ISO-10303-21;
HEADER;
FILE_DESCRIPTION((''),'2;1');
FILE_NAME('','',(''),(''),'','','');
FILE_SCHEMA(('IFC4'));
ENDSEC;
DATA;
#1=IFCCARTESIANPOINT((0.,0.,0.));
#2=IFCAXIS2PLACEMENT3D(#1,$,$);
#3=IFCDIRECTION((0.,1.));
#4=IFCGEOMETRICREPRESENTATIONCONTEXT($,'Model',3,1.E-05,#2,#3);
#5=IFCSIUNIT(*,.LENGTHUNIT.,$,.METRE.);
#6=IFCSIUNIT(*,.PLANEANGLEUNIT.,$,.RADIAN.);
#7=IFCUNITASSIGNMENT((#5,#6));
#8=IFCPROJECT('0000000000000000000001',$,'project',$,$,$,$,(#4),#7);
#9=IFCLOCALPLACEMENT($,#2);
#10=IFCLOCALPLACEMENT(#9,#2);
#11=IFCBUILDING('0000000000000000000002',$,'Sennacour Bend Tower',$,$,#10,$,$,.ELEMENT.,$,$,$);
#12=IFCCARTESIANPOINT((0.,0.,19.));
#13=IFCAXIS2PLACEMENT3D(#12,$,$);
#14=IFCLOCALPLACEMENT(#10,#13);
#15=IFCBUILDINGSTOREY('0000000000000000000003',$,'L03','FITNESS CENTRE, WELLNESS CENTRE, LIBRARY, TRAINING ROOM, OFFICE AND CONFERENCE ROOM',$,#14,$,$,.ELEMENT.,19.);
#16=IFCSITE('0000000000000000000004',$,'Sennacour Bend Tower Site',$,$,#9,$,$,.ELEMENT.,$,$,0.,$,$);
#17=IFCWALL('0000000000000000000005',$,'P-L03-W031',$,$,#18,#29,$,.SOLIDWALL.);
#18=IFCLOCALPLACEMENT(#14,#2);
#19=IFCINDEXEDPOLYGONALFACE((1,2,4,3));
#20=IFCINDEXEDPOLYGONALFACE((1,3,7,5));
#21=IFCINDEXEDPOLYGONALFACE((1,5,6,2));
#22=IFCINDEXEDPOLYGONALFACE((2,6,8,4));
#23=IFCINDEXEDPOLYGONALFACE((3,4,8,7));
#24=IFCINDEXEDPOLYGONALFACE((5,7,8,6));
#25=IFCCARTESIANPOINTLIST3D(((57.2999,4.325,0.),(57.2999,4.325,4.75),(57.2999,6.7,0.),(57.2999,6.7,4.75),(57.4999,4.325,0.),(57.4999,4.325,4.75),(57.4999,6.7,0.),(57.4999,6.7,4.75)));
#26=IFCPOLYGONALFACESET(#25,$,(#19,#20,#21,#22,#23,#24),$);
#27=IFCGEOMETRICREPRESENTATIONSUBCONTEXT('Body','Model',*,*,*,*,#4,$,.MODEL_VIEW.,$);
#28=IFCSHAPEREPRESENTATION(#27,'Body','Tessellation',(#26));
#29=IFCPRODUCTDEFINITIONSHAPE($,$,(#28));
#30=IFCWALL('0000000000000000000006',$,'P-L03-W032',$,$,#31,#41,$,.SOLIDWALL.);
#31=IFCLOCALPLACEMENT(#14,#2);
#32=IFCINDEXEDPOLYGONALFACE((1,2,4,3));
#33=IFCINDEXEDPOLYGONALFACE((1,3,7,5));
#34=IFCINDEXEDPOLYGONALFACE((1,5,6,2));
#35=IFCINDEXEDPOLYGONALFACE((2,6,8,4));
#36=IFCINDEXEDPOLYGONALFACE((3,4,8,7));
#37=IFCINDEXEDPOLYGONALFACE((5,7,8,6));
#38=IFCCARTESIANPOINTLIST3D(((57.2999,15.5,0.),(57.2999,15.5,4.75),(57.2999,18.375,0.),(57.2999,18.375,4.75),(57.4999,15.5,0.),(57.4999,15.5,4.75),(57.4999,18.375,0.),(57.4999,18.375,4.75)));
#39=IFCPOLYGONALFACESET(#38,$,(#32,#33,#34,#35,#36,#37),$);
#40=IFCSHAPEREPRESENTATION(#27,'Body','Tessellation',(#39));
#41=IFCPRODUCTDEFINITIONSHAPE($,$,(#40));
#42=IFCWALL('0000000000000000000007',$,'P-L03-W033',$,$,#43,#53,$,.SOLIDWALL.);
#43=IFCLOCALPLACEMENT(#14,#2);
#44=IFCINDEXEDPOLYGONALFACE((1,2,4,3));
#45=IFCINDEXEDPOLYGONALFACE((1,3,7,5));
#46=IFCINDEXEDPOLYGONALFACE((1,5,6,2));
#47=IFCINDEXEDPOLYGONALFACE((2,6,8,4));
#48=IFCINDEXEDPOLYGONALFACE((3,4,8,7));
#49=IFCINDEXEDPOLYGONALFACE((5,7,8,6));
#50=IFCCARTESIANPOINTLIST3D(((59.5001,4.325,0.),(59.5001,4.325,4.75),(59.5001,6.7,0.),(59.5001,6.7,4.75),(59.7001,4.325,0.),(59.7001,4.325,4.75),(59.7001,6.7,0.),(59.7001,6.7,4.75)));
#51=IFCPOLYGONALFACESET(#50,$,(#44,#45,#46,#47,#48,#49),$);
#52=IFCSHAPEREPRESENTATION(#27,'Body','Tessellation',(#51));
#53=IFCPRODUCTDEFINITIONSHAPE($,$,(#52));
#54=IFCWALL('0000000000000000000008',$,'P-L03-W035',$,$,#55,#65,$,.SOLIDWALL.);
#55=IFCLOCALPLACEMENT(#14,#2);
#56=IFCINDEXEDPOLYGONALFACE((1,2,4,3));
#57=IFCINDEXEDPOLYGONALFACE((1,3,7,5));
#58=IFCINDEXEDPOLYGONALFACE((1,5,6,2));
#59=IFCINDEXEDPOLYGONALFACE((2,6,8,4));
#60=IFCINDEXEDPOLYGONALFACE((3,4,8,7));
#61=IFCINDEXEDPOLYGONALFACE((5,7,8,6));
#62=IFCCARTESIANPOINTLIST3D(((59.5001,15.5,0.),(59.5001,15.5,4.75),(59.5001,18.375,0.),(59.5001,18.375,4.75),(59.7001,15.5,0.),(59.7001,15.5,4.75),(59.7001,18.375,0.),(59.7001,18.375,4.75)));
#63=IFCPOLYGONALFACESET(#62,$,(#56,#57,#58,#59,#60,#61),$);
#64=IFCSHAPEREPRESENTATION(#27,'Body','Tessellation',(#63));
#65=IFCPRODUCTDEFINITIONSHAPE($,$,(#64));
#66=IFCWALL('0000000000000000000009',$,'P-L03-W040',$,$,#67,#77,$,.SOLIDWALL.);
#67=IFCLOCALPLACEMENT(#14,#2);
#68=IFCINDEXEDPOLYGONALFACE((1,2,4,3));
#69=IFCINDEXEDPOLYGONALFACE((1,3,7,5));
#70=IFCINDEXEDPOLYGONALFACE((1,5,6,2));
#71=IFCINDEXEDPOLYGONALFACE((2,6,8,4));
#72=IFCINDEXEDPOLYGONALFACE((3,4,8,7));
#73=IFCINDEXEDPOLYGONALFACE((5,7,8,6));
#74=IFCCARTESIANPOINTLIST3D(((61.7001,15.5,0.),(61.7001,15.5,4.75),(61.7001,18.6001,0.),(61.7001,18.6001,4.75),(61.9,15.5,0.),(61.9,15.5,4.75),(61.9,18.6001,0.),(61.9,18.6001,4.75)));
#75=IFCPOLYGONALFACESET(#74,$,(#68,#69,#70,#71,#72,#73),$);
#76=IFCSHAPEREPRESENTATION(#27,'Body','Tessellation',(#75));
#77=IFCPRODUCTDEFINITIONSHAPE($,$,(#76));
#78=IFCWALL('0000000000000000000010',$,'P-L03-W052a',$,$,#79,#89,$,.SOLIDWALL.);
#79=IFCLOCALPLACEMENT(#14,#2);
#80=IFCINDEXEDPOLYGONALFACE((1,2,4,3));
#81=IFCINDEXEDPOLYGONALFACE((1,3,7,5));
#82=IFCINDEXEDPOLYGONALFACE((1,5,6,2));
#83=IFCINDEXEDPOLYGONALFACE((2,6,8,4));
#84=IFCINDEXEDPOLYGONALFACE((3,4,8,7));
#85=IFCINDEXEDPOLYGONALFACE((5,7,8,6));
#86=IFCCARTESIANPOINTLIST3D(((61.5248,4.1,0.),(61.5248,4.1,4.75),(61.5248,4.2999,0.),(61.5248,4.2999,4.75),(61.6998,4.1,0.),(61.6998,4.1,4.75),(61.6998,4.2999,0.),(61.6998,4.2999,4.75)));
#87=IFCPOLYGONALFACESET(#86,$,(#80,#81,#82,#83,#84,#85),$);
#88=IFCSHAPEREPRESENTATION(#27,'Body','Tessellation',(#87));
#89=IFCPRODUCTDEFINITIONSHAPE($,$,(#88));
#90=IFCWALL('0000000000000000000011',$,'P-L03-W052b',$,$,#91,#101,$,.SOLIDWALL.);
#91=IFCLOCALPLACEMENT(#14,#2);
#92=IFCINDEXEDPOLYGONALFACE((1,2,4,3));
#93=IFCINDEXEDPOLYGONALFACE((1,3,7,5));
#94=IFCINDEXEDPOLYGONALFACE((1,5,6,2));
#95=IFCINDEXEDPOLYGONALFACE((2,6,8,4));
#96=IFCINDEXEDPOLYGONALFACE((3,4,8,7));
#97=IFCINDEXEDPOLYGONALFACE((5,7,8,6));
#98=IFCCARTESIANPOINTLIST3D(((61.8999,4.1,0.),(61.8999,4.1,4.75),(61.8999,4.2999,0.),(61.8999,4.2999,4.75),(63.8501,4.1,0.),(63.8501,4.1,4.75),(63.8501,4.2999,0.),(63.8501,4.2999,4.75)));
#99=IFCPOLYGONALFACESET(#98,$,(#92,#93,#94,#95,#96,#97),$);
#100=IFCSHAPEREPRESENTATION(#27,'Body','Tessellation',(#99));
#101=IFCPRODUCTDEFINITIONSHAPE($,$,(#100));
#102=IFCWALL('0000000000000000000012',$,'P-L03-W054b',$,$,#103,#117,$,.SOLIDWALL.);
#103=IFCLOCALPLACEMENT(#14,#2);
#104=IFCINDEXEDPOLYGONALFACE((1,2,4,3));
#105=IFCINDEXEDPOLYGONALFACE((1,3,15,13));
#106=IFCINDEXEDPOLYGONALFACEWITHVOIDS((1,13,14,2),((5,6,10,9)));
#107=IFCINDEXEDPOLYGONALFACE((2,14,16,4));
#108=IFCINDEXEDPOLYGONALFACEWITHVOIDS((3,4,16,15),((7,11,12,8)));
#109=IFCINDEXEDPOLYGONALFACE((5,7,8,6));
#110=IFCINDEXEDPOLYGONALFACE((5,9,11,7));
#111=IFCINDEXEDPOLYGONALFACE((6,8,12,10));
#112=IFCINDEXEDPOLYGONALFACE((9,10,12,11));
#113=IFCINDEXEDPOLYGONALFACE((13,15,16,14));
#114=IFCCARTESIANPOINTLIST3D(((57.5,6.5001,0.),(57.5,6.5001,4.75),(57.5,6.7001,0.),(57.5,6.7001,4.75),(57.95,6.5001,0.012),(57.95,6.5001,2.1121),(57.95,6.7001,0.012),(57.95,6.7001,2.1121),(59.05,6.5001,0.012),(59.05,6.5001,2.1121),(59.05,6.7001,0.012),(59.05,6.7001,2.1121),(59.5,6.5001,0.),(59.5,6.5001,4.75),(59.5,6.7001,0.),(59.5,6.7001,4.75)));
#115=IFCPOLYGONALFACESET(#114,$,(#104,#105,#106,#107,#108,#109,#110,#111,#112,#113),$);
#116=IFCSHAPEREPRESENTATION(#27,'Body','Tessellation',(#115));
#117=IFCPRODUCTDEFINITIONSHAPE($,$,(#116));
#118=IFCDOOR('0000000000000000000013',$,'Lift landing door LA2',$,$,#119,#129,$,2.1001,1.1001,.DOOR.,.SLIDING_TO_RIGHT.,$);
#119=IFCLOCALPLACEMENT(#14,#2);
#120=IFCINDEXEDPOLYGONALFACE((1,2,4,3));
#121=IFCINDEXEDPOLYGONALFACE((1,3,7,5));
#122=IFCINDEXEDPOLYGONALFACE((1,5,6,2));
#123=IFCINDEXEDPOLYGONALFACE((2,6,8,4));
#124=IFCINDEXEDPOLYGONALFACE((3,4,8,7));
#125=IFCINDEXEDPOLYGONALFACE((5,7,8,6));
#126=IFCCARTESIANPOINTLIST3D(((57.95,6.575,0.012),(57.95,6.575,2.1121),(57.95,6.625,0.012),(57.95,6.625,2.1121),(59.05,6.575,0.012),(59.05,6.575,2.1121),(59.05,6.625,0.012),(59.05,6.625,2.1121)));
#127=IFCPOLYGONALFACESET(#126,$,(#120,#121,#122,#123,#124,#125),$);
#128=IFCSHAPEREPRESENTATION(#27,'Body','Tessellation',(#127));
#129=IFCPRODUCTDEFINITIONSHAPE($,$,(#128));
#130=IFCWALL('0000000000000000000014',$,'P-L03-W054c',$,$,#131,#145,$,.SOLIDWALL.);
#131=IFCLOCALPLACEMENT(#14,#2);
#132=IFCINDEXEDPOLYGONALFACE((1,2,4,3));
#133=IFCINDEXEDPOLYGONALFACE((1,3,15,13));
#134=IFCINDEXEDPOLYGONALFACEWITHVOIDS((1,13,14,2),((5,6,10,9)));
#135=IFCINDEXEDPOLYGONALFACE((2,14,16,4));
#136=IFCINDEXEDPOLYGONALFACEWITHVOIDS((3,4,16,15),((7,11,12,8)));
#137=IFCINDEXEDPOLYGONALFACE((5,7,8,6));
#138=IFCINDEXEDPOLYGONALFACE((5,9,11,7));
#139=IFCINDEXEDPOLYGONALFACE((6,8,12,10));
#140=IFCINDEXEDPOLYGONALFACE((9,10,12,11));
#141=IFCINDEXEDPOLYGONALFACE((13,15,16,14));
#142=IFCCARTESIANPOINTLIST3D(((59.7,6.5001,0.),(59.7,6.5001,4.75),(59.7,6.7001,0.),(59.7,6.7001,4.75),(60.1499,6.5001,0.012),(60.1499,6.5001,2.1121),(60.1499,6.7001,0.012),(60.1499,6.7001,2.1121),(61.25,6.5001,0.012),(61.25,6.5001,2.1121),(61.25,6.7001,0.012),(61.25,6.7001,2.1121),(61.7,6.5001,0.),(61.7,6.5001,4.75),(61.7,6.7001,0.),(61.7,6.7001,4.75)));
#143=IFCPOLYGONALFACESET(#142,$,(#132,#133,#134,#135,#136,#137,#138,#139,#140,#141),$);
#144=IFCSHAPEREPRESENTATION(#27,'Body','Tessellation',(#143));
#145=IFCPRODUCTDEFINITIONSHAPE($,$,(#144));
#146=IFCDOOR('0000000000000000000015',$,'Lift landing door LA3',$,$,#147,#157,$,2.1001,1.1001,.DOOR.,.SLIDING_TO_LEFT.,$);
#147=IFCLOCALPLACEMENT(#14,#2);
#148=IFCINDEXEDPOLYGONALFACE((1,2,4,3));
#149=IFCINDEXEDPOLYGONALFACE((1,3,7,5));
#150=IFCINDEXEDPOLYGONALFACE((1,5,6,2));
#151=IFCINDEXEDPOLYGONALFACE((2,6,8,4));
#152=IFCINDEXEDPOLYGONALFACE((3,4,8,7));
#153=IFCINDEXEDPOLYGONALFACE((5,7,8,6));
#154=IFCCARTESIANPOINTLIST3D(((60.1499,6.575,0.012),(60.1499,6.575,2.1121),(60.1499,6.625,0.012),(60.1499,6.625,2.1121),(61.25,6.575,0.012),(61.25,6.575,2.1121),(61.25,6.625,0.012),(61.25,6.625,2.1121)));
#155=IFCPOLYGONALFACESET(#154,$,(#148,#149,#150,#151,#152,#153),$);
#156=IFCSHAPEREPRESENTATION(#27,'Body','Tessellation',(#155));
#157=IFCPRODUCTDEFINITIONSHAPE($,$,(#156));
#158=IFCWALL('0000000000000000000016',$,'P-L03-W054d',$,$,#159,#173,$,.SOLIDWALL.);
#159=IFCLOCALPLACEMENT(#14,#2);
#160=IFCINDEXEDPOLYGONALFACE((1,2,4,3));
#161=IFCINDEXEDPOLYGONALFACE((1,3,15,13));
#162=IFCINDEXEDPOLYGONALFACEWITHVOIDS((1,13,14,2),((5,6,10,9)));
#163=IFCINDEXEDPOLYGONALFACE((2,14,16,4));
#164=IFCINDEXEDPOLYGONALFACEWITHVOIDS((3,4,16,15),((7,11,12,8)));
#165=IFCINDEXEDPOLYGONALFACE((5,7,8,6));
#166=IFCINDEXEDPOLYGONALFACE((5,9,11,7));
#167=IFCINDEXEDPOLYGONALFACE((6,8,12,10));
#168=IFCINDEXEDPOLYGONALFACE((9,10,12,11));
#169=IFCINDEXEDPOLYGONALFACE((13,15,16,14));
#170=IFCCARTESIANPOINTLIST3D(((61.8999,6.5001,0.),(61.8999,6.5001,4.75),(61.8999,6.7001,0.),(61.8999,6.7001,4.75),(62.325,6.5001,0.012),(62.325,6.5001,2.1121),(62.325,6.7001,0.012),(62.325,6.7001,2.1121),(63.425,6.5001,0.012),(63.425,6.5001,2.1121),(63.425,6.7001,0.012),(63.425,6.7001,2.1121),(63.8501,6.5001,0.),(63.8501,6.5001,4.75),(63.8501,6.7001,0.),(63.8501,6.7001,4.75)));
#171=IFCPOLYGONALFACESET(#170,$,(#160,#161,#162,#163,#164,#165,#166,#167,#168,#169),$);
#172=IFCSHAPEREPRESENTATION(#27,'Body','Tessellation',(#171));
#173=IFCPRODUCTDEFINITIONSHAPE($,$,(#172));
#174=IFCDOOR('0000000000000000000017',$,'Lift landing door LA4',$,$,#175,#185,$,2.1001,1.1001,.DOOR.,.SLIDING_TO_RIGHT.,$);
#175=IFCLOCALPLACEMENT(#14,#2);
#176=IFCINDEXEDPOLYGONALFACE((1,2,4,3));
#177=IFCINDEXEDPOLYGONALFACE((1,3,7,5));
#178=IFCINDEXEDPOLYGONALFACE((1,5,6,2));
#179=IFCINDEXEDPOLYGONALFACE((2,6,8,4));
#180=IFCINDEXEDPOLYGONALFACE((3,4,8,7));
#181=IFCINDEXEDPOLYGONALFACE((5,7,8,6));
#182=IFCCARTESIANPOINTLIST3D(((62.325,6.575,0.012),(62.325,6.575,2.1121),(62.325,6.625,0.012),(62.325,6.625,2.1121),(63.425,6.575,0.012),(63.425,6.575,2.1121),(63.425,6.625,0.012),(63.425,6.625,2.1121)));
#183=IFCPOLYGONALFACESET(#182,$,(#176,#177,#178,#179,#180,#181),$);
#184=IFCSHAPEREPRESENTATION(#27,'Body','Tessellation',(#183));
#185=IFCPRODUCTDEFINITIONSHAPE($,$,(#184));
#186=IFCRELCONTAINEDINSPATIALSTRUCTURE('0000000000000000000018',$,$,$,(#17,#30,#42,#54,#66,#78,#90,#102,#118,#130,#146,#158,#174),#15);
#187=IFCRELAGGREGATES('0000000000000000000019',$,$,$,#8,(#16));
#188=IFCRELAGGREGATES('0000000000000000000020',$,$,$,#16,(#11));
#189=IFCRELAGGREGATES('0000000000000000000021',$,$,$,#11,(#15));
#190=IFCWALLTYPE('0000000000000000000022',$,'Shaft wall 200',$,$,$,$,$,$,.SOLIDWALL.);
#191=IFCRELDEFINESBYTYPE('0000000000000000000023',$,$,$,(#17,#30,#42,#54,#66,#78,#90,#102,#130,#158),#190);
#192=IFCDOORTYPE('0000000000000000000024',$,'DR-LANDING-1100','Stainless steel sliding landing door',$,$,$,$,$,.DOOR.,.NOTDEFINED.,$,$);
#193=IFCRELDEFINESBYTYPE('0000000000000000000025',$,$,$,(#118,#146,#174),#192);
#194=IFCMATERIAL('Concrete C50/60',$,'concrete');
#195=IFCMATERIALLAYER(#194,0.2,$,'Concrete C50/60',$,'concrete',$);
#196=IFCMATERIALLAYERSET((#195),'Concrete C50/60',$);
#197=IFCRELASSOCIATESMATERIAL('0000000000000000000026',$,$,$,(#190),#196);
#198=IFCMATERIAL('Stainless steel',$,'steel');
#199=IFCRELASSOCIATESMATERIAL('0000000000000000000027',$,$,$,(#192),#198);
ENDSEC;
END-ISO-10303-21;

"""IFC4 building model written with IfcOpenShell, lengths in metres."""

from ifc_helpers import new_model, si_unit, direction, frame, frame_2d, origin, place, context, subcontext, project, spatial, rectangle, extrude, material, layer, layer_set, type_object, element, fill, save


model = new_model("IFC4")

# Units and contexts
model_context = context("Model", 3, precision=1e-05, world=origin(), true_north=direction((0.0, 1.0)))
body_context = subcontext(model_context, "Body", "Model", "MODEL_VIEW")
ifc_project = project(units=[si_unit("LENGTHUNIT", "METRE"), si_unit("PLANEANGLEUNIT", "RADIAN")], contexts=[model_context])

# Site, building, storey
site_placement = place(None, origin())
site = spatial("IfcSite", under=ifc_project, at=site_placement, Name="Sennacour Bend Tower Site", CompositionType="ELEMENT", RefElevation=0.0)
building_placement = place(site_placement, origin())
building = spatial("IfcBuilding", under=site, at=building_placement, Name="Sennacour Bend Tower", CompositionType="ELEMENT")
storey_placement = place(building_placement, frame((0.0, 0.0, 19.0)))
storey = spatial("IfcBuildingStorey", under=building, at=storey_placement, Name="L03", Description="FITNESS CENTRE, WELLNESS CENTRE, LIBRARY, TRAINING ROOM, OFFICE AND CONFERENCE ROOM", CompositionType="ELEMENT", Elevation=19.0)

# Walls
ifc_material_1 = material(Name="Concrete C50/60", Category="concrete")
ifc_layer_1 = layer(ifc_material_1, 0.2, Name="Concrete C50/60", Category="concrete")
ifc_layer_set_1 = layer_set([ifc_layer_1], Name="Concrete C50/60")
wall_type_1 = type_object("IfcWallType", Name="Shaft wall 200", PredefinedType="SOLIDWALL", material=ifc_layer_set_1)
wall_1_placement = place(storey_placement, frame((57.3999, 4.325, 0.0), z_axis=(0.0, 0.0, 1.0), x_axis=(0.0, 1.0, 0.0)))
element("IfcWall", 1, at=wall_1_placement, inside=storey, type_object=wall_type_1, Name="P-L03-W031", PredefinedType="SOLIDWALL", context=body_context, shape_type="SweptSolid", body=[
    extrude(rectangle(XDim=2.375, YDim=0.2, at=frame_2d((1.1875, 0.0))), origin(), (0.0, 0.0, 1.0), 4.75),
])
wall_2_placement = place(storey_placement, frame((57.3999, 15.5, 0.0), z_axis=(0.0, 0.0, 1.0), x_axis=(0.0, 1.0, 0.0)))
element("IfcWall", 2, at=wall_2_placement, inside=storey, type_object=wall_type_1, Name="P-L03-W032", PredefinedType="SOLIDWALL", context=body_context, shape_type="SweptSolid", body=[
    extrude(rectangle(XDim=2.875, YDim=0.2, at=frame_2d((1.4375, 0.0))), origin(), (0.0, 0.0, 1.0), 4.75),
])
wall_3_placement = place(storey_placement, frame((59.6001, 4.325, 0.0), z_axis=(0.0, 0.0, 1.0), x_axis=(0.0, 1.0, 0.0)))
element("IfcWall", 3, at=wall_3_placement, inside=storey, type_object=wall_type_1, Name="P-L03-W033", PredefinedType="SOLIDWALL", context=body_context, shape_type="SweptSolid", body=[
    extrude(rectangle(XDim=2.375, YDim=0.2, at=frame_2d((1.1875, 0.0))), origin(), (0.0, 0.0, 1.0), 4.75),
])
wall_4_placement = place(storey_placement, frame((59.6001, 15.5, 0.0), z_axis=(0.0, 0.0, 1.0), x_axis=(0.0, 1.0, 0.0)))
element("IfcWall", 4, at=wall_4_placement, inside=storey, type_object=wall_type_1, Name="P-L03-W035", PredefinedType="SOLIDWALL", context=body_context, shape_type="SweptSolid", body=[
    extrude(rectangle(XDim=2.875, YDim=0.2, at=frame_2d((1.4375, 0.0))), origin(), (0.0, 0.0, 1.0), 4.75),
])
wall_5_placement = place(storey_placement, frame((61.8, 15.5, 0.0), z_axis=(0.0, 0.0, 1.0), x_axis=(0.0, 1.0, 0.0)))
element("IfcWall", 5, at=wall_5_placement, inside=storey, type_object=wall_type_1, Name="P-L03-W040", PredefinedType="SOLIDWALL", context=body_context, shape_type="SweptSolid", body=[
    extrude(rectangle(XDim=3.1001, YDim=0.2, at=frame_2d((1.55, 0.0))), origin(), (0.0, 0.0, 1.0), 4.75),
])
wall_6_placement = place(storey_placement, frame((61.5249, 4.2, 0.0), z_axis=(0.0, 0.0, 1.0), x_axis=(1.0, 0.0, 0.0)))
element("IfcWall", 6, at=wall_6_placement, inside=storey, type_object=wall_type_1, Name="P-L03-W052a", PredefinedType="SOLIDWALL", context=body_context, shape_type="SweptSolid", body=[
    extrude(rectangle(XDim=0.175, YDim=0.2, at=frame_2d((0.0874, 0.0))), origin(), (0.0, 0.0, 1.0), 4.75),
])
wall_7_placement = place(storey_placement, frame((61.8999, 4.2, 0.0), z_axis=(0.0, 0.0, 1.0), x_axis=(1.0, 0.0, 0.0)))
element("IfcWall", 7, at=wall_7_placement, inside=storey, type_object=wall_type_1, Name="P-L03-W052b", PredefinedType="SOLIDWALL", context=body_context, shape_type="SweptSolid", body=[
    extrude(rectangle(XDim=1.9502, YDim=0.2, at=frame_2d((0.9751, 0.0))), origin(), (0.0, 0.0, 1.0), 4.75),
])

# Walls, openings, doors
wall_8_placement = place(storey_placement, frame((57.5, 6.6001, 0.0), z_axis=(0.0, 0.0, 1.0), x_axis=(1.0, 0.0, 0.0)))
wall_8 = element("IfcWall", 8, at=wall_8_placement, inside=storey, type_object=wall_type_1, Name="P-L03-W054b", PredefinedType="SOLIDWALL", context=body_context, shape_type="SweptSolid", body=[
    extrude(rectangle(XDim=2.0, YDim=0.2, at=frame_2d((1.0, 0.0))), origin(), (0.0, 0.0, 1.0), 4.75),
])
opening_1_placement = place(wall_8_placement, frame((0.45, 0.0, 0.012)))
opening_1 = element("IfcOpeningElement", 9, at=opening_1_placement, cuts=wall_8, PredefinedType="OPENING", context=body_context, shape_type="SweptSolid", body=[
    extrude(rectangle(XDim=1.1001, YDim=2.1001, at=frame_2d((0.55, 1.05))), frame((0.0, 0.1099, 0.0), z_axis=(0.0, -1.0, 0.0), x_axis=(1.0, 0.0, 0.0)), (0.0, 0.0, 1.0), 0.22),
])
ifc_material_2 = material(Name="Stainless steel", Category="steel")
door_type_1 = type_object("IfcDoorType", Name="DR-LANDING-1100", Description="Stainless steel sliding landing door", OperationType="NOTDEFINED", PredefinedType="DOOR", material=ifc_material_2)
door_1_placement = place(opening_1_placement, origin())
door_1 = element("IfcDoor", 10, at=door_1_placement, inside=storey, type_object=door_type_1, Name="Lift landing door LA2", OperationType="SLIDING_TO_RIGHT", OverallHeight=2.1001, OverallWidth=1.1001, PredefinedType="DOOR", context=body_context, shape_type="SweptSolid", body=[
    extrude(rectangle(XDim=1.1001, YDim=2.1001, at=frame_2d((0.55, 1.05))), frame((0.0, 0.0249, 0.0), z_axis=(0.0, -1.0, 0.0), x_axis=(1.0, 0.0, 0.0)), (0.0, 0.0, 1.0), 0.05),
])
fill(opening_1, door_1)
wall_9_placement = place(storey_placement, frame((59.7, 6.6001, 0.0), z_axis=(0.0, 0.0, 1.0), x_axis=(1.0, 0.0, 0.0)))
wall_9 = element("IfcWall", 11, at=wall_9_placement, inside=storey, type_object=wall_type_1, Name="P-L03-W054c", PredefinedType="SOLIDWALL", context=body_context, shape_type="SweptSolid", body=[
    extrude(rectangle(XDim=2.0, YDim=0.2, at=frame_2d((1.0, 0.0))), origin(), (0.0, 0.0, 1.0), 4.75),
])
opening_2_placement = place(wall_9_placement, frame((0.45, 0.0, 0.012)))
opening_2 = element("IfcOpeningElement", 12, at=opening_2_placement, cuts=wall_9, PredefinedType="OPENING", context=body_context, shape_type="SweptSolid", body=[
    extrude(rectangle(XDim=1.1001, YDim=2.1001, at=frame_2d((0.55, 1.05))), frame((0.0, 0.1099, 0.0), z_axis=(0.0, -1.0, 0.0), x_axis=(1.0, 0.0, 0.0)), (0.0, 0.0, 1.0), 0.22),
])
door_2_placement = place(opening_2_placement, origin())
door_2 = element("IfcDoor", 13, at=door_2_placement, inside=storey, type_object=door_type_1, Name="Lift landing door LA3", OperationType="SLIDING_TO_LEFT", OverallHeight=2.1001, OverallWidth=1.1001, PredefinedType="DOOR", context=body_context, shape_type="SweptSolid", body=[
    extrude(rectangle(XDim=1.1001, YDim=2.1001, at=frame_2d((0.55, 1.05))), frame((0.0, 0.0249, 0.0), z_axis=(0.0, -1.0, 0.0), x_axis=(1.0, 0.0, 0.0)), (0.0, 0.0, 1.0), 0.05),
])
fill(opening_2, door_2)
wall_10_placement = place(storey_placement, frame((61.8999, 6.6001, 0.0), z_axis=(0.0, 0.0, 1.0), x_axis=(1.0, 0.0, 0.0)))
wall_10 = element("IfcWall", 14, at=wall_10_placement, inside=storey, type_object=wall_type_1, Name="P-L03-W054d", PredefinedType="SOLIDWALL", context=body_context, shape_type="SweptSolid", body=[
    extrude(rectangle(XDim=1.9502, YDim=0.2, at=frame_2d((0.9751, 0.0))), origin(), (0.0, 0.0, 1.0), 4.75),
])
opening_3_placement = place(wall_10_placement, frame((0.425, 0.0, 0.012)))
opening_3 = element("IfcOpeningElement", 15, at=opening_3_placement, cuts=wall_10, PredefinedType="OPENING", context=body_context, shape_type="SweptSolid", body=[
    extrude(rectangle(XDim=1.1001, YDim=2.1001, at=frame_2d((0.55, 1.05))), frame((0.0, 0.1099, 0.0), z_axis=(0.0, -1.0, 0.0), x_axis=(1.0, 0.0, 0.0)), (0.0, 0.0, 1.0), 0.22),
])
door_3_placement = place(opening_3_placement, origin())
door_3 = element("IfcDoor", 16, at=door_3_placement, inside=storey, type_object=door_type_1, Name="Lift landing door LA4", OperationType="SLIDING_TO_RIGHT", OverallHeight=2.1001, OverallWidth=1.1001, PredefinedType="DOOR", context=body_context, shape_type="SweptSolid", body=[
    extrude(rectangle(XDim=1.1001, YDim=2.1001, at=frame_2d((0.55, 1.05))), frame((0.0, 0.0249, 0.0), z_axis=(0.0, -1.0, 0.0), x_axis=(1.0, 0.0, 0.0)), (0.0, 0.0, 1.0), 0.05),
])
fill(opening_3, door_3)

save(model, "model.ifc")
